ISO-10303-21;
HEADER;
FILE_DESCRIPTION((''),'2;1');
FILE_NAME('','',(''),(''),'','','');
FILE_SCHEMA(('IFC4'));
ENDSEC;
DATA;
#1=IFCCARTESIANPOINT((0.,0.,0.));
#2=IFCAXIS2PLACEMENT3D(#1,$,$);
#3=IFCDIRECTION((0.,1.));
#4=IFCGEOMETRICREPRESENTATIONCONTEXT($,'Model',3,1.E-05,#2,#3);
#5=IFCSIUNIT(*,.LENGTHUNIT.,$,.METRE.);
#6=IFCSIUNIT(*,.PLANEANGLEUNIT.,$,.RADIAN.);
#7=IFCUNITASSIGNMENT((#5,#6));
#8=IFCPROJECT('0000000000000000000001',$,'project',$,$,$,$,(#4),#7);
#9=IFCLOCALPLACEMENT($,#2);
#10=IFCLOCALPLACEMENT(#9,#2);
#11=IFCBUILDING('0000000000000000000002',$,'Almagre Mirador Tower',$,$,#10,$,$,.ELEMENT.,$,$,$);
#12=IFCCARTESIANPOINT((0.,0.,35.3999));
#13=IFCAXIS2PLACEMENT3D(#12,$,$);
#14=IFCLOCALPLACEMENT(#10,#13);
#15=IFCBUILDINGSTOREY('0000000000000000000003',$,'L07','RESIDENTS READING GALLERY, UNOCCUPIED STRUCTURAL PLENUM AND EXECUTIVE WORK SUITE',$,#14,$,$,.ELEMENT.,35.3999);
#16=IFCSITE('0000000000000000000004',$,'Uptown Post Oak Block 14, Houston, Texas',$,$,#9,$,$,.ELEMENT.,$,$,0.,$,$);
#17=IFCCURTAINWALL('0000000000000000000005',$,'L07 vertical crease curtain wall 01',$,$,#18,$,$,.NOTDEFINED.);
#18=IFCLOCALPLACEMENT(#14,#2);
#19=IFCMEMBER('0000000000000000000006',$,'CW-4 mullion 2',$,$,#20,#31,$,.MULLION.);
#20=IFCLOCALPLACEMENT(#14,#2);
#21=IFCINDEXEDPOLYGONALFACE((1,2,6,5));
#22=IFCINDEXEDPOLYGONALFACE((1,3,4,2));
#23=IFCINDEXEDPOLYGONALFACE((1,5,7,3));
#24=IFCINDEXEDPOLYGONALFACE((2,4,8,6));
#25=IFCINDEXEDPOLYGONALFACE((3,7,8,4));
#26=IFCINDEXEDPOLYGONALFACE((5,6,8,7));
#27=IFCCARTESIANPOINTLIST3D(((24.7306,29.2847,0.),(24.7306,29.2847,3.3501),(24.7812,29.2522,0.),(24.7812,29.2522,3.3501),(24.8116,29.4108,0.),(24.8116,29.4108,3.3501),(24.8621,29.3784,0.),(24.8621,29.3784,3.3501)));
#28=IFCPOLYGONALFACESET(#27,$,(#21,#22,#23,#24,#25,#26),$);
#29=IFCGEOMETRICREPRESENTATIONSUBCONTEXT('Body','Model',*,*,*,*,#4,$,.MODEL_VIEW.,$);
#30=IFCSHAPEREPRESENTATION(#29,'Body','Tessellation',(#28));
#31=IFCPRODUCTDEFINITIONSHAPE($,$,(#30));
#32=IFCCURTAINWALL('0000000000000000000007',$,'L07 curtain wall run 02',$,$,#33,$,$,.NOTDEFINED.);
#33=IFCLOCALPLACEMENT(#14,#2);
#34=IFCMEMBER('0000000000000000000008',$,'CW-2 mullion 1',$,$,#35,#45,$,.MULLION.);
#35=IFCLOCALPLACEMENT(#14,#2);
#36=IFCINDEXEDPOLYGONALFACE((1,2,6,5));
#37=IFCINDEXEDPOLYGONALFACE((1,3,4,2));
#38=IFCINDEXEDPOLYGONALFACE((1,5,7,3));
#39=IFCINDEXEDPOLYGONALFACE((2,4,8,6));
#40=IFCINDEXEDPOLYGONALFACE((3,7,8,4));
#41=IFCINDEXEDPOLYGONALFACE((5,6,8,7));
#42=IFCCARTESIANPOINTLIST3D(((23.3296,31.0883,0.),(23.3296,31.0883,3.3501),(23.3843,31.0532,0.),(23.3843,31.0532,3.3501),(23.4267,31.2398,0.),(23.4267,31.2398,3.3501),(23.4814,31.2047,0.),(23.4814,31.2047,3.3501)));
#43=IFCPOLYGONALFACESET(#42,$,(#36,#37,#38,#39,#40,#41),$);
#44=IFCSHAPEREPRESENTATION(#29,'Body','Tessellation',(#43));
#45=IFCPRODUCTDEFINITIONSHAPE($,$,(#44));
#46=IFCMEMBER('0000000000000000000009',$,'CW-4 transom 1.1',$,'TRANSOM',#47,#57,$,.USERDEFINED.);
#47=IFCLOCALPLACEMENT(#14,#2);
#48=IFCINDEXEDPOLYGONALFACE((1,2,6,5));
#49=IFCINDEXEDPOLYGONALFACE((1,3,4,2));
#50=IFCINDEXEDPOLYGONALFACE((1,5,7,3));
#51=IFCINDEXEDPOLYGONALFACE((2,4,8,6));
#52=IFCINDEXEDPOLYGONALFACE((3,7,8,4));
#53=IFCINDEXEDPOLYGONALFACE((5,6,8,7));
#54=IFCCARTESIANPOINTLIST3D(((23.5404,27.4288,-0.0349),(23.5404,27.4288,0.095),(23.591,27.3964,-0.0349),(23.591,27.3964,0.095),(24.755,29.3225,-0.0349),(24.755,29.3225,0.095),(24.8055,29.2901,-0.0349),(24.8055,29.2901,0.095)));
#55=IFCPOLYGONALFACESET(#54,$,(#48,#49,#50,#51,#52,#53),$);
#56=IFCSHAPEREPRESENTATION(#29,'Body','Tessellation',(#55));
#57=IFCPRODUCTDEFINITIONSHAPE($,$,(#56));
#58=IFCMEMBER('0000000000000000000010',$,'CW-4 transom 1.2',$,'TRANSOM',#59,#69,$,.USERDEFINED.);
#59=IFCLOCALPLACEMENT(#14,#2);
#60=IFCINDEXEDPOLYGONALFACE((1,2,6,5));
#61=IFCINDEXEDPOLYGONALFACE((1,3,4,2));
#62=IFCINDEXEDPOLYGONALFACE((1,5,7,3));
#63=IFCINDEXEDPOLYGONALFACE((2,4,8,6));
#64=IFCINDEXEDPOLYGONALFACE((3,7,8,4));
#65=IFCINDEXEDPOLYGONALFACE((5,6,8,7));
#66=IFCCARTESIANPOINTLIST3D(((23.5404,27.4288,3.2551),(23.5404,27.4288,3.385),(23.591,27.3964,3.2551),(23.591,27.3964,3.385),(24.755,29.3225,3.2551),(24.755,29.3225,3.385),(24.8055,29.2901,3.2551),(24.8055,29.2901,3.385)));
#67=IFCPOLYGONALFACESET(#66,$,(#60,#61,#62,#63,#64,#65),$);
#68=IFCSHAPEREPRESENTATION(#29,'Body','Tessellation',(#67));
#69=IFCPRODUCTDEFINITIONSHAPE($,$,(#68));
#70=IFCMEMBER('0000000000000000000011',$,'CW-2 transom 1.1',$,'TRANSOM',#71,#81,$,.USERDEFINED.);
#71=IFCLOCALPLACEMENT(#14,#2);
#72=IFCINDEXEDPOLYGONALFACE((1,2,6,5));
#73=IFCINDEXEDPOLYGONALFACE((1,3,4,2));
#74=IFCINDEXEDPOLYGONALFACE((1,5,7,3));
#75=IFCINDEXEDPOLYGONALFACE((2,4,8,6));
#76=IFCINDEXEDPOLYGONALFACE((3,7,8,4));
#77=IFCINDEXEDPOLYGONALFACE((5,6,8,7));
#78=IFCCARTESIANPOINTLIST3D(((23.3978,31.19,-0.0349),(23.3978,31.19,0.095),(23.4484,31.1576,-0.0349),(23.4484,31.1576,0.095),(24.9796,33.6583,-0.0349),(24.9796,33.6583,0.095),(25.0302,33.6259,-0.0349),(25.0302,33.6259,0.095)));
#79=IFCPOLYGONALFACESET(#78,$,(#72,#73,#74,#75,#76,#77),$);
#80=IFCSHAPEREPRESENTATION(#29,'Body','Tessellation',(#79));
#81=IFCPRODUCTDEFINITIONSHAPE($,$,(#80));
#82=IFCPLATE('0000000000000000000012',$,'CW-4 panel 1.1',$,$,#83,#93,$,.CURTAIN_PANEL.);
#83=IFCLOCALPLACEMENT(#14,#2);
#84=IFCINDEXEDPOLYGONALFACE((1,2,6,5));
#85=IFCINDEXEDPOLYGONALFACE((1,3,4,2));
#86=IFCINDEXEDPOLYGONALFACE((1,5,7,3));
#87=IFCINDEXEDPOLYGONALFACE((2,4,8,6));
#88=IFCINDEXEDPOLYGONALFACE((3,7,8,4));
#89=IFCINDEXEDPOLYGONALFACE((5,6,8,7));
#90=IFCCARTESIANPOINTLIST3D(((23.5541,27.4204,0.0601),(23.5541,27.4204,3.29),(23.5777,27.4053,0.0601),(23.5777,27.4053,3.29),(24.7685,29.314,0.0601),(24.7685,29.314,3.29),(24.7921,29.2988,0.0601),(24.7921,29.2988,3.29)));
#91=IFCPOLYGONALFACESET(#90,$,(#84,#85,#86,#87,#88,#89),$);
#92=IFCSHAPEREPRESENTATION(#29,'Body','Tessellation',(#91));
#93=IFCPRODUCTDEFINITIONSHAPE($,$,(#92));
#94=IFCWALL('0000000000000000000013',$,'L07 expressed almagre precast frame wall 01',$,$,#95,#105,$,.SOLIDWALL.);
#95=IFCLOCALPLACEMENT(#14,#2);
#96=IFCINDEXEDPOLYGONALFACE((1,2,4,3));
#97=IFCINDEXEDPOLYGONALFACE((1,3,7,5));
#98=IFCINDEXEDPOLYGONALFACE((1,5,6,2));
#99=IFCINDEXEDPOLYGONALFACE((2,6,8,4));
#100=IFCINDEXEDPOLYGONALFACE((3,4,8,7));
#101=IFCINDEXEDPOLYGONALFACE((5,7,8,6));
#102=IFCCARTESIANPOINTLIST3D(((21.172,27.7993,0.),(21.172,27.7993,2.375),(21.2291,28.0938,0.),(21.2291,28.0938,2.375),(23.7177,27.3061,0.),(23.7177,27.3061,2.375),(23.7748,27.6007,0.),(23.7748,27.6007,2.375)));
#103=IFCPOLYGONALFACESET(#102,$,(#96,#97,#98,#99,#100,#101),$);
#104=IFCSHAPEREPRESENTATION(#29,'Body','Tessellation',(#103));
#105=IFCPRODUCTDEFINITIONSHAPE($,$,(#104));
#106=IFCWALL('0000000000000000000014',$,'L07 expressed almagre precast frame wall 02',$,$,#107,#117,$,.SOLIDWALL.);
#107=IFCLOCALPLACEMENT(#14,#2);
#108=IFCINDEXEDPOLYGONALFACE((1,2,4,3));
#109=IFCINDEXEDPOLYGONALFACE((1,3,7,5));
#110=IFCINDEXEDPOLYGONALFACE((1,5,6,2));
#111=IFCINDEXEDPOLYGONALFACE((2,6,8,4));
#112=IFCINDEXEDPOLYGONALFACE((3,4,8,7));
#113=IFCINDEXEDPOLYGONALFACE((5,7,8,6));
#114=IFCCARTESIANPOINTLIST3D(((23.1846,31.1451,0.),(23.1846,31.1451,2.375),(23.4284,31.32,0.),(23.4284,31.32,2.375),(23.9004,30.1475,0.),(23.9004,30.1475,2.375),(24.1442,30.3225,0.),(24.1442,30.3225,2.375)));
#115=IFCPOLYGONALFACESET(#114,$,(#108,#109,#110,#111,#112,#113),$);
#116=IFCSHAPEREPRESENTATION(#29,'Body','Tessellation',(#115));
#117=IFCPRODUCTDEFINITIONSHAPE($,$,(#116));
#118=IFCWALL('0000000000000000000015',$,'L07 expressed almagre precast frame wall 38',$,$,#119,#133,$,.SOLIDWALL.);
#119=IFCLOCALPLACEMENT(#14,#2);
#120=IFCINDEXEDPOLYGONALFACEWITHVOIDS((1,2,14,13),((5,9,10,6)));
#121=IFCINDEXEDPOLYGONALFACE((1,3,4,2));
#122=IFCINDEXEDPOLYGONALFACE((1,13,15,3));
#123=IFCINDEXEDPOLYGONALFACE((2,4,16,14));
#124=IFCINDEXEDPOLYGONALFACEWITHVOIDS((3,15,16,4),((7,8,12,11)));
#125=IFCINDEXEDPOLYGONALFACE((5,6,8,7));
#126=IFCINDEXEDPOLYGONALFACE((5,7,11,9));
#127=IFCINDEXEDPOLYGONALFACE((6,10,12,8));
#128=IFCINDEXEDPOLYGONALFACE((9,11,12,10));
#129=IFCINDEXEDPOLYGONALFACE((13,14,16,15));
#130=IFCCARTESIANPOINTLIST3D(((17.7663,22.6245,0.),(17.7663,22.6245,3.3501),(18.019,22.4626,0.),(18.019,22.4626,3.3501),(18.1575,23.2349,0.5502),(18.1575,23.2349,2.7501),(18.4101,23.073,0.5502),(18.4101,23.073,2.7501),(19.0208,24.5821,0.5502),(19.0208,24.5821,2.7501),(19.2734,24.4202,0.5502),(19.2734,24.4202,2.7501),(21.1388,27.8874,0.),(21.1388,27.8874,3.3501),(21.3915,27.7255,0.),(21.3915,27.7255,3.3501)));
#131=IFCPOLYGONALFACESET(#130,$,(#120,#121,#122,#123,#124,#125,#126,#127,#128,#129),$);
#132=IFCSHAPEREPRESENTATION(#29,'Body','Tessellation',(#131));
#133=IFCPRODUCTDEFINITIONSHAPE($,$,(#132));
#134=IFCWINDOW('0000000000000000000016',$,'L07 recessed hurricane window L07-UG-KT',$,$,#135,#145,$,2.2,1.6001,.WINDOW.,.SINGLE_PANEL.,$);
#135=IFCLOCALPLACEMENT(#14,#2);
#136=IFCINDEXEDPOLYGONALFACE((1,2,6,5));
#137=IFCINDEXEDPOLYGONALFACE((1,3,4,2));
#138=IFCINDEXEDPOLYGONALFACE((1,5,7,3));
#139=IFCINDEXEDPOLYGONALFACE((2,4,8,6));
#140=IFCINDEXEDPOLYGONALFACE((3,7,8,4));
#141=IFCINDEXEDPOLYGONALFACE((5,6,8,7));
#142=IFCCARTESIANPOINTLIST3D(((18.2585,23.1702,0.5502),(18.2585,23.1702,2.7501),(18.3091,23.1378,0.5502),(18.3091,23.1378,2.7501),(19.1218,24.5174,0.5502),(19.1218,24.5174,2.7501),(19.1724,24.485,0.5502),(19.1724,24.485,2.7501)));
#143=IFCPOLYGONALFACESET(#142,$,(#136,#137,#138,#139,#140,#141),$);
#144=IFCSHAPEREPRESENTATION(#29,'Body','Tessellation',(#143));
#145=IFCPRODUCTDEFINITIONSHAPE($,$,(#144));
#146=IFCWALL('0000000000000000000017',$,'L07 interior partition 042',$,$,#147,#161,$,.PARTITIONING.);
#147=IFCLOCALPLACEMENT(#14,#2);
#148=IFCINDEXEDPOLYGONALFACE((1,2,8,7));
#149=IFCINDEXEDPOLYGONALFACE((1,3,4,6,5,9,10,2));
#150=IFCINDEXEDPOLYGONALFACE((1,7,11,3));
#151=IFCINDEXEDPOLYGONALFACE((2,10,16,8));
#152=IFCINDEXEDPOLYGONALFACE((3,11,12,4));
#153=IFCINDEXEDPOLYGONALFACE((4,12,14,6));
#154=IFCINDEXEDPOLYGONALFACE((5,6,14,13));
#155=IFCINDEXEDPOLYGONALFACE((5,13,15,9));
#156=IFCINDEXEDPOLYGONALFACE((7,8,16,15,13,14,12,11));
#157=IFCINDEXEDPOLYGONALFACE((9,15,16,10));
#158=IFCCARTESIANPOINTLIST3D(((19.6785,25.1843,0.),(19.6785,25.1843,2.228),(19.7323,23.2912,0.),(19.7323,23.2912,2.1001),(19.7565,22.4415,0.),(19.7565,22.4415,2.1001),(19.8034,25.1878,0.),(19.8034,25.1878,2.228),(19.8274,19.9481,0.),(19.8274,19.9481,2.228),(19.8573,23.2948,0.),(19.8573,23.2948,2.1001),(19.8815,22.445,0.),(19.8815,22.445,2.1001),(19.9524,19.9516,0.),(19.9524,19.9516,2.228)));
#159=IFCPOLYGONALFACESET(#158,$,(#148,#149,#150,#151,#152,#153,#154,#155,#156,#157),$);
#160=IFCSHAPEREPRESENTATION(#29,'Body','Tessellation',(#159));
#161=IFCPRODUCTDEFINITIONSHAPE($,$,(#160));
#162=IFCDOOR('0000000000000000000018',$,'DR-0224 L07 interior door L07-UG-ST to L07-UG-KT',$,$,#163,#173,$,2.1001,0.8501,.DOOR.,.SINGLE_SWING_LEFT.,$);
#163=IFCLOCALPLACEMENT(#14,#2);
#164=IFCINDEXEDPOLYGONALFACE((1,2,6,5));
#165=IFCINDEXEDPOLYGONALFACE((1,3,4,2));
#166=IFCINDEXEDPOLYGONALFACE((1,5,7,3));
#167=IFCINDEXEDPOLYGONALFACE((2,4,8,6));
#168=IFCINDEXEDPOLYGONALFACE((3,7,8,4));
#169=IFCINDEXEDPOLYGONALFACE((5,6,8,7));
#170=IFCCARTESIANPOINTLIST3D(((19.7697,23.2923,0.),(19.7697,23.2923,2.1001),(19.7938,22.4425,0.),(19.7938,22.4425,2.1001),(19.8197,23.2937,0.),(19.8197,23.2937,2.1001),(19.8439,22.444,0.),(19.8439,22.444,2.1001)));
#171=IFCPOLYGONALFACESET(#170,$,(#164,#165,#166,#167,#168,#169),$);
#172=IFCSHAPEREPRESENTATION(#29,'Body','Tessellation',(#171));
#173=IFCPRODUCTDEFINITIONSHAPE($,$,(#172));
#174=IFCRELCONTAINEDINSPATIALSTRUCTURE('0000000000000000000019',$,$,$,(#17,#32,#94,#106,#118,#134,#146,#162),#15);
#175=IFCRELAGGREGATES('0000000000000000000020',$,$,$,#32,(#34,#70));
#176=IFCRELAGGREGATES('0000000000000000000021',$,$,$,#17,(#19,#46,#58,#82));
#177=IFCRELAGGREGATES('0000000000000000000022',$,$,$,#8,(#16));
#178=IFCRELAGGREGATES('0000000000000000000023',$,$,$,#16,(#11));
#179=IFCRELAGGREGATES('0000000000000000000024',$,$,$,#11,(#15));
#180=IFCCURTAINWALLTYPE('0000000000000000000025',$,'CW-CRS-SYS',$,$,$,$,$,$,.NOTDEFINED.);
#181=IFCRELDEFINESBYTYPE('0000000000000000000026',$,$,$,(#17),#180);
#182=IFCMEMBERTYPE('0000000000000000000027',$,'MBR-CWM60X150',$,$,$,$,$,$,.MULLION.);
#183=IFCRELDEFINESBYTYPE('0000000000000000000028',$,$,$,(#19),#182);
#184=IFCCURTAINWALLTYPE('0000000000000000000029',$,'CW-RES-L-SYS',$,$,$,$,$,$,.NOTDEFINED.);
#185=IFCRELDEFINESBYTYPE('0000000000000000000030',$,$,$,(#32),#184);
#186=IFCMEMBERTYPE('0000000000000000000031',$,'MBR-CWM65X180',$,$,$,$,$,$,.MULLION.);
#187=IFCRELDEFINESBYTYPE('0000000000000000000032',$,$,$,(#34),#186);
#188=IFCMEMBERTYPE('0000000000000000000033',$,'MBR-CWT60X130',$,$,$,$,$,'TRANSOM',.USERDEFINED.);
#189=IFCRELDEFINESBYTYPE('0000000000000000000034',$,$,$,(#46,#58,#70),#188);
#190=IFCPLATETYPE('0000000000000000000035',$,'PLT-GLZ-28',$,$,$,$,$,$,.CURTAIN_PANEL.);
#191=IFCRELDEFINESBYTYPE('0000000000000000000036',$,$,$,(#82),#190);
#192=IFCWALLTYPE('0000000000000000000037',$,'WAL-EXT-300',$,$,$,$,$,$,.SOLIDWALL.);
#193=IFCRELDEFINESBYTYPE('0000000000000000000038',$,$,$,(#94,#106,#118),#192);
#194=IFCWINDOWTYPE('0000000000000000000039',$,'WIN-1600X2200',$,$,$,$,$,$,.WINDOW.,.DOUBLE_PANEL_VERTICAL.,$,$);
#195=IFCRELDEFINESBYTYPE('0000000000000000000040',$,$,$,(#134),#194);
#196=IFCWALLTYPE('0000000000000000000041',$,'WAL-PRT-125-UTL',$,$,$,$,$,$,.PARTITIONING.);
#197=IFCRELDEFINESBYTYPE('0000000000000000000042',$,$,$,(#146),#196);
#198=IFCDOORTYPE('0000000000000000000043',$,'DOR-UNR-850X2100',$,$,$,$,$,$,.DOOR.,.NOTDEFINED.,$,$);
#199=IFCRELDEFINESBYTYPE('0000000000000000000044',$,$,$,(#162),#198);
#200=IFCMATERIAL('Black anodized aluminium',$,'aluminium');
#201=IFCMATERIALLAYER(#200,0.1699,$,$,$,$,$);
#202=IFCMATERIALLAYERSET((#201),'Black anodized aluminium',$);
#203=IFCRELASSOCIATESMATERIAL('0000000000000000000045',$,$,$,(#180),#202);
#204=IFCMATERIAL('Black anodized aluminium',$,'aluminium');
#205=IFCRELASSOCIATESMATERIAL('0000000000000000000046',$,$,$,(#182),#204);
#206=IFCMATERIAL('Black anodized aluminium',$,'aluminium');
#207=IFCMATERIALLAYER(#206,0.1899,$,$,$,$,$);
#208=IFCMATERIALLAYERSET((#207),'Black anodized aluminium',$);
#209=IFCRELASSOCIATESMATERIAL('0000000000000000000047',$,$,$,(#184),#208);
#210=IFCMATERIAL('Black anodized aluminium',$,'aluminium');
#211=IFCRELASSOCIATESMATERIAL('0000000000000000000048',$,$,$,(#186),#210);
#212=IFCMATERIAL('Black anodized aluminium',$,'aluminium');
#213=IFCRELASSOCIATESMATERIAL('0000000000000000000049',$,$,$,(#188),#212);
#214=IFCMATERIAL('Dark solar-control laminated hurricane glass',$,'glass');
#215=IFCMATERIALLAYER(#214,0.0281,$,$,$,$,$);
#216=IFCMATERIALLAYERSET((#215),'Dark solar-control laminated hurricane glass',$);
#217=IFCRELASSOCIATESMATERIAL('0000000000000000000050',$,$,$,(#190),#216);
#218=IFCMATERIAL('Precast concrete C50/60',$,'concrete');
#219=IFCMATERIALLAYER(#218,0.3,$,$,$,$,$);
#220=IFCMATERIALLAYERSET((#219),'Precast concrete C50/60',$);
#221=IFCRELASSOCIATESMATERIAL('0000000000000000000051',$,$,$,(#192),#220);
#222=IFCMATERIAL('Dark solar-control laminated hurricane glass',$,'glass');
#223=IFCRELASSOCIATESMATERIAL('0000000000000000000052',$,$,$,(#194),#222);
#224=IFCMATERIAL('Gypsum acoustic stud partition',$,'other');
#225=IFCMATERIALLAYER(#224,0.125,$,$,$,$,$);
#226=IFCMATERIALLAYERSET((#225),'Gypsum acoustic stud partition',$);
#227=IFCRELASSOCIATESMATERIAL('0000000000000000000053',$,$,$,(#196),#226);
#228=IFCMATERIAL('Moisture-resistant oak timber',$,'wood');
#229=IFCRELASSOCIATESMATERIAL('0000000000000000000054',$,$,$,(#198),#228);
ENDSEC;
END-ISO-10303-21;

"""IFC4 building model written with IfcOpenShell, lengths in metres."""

from ifc_helpers import new_model, si_unit, direction, frame, frame_2d, origin, origin_2d, place, context, subcontext, project, spatial, rectangle, extrude, material, layer, layer_set, material_profile, profile_set, type_object, element, fill, aggregate, save


model = new_model("IFC4")

# Units and contexts
model_context = context("Model", 3, precision=1e-05, world=origin(), true_north=direction((0.0, 1.0)))
body_context = subcontext(model_context, "Body", "Model", "MODEL_VIEW")
ifc_project = project(units=[si_unit("LENGTHUNIT", "METRE"), si_unit("PLANEANGLEUNIT", "RADIAN")], contexts=[model_context])

# Site, building, storey
site_placement = place(None, origin())
site = spatial("IfcSite", under=ifc_project, at=site_placement, Name="Uptown Post Oak Block 14, Houston, Texas", CompositionType="ELEMENT", RefElevation=0.0)
building_placement = place(site_placement, origin())
building = spatial("IfcBuilding", under=site, at=building_placement, Name="Almagre Mirador Tower", CompositionType="ELEMENT")
storey_placement = place(building_placement, frame((0.0, 0.0, 35.3999)))
storey = spatial("IfcBuildingStorey", under=building, at=storey_placement, Name="L07", Description="RESIDENTS READING GALLERY, UNOCCUPIED STRUCTURAL PLENUM AND EXECUTIVE WORK SUITE", CompositionType="ELEMENT", Elevation=35.3999)

# Curtain wall, member
ifc_material_1 = material(Name="Black anodized aluminium", Category="aluminium")
ifc_layer_1 = layer(ifc_material_1, 0.1699)
ifc_layer_set_1 = layer_set([ifc_layer_1], Name="Black anodized aluminium")
curtain_wall_type_1 = type_object("IfcCurtainWallType", Name="CW-CRS-SYS", PredefinedType="NOTDEFINED", material=ifc_layer_set_1)
curtain_wall_1_placement = place(storey_placement, origin())
curtain_wall_1 = element("IfcCurtainWall", 1, at=curtain_wall_1_placement, inside=storey, type_object=curtain_wall_type_1, Name="L07 vertical crease curtain wall 01", PredefinedType="NOTDEFINED")
ifc_material_2 = material(Name="Black anodized aluminium", Category="aluminium")
ifc_material_profile_1 = material_profile(ifc_material_2, rectangle(XDim=0.0601, YDim=0.1499, at=origin_2d()), Name="CWM60X150")
ifc_profile_set_1 = profile_set([ifc_material_profile_1], Name="Black anodized aluminium")
member_type_1 = type_object("IfcMemberType", Name="MBR-CWM60X150", PredefinedType="MULLION", material=ifc_profile_set_1)
member_1_placement = place(storey_placement, frame((24.7964, 29.3315, 0.0), z_axis=(0.0, 0.0, 1.0), x_axis=(-0.841762, 0.539849, 0.0)))
member_1 = element("IfcMember", 2, at=member_1_placement, type_object=member_type_1, Name="CW-4 mullion 2", PredefinedType="MULLION", context=body_context, shape_type="SweptSolid", body=[
    extrude(rectangle(XDim=0.0601, YDim=0.1499, at=origin_2d()), origin(), (0.0, 0.0, 1.0), 3.3501),
])

# Curtain wall, member
ifc_material_3 = material(Name="Black anodized aluminium", Category="aluminium")
ifc_layer_2 = layer(ifc_material_3, 0.1899)
ifc_layer_set_2 = layer_set([ifc_layer_2], Name="Black anodized aluminium")
curtain_wall_type_2 = type_object("IfcCurtainWallType", Name="CW-RES-L-SYS", PredefinedType="NOTDEFINED", material=ifc_layer_set_2)
curtain_wall_2_placement = place(storey_placement, origin())
curtain_wall_2 = element("IfcCurtainWall", 3, at=curtain_wall_2_placement, inside=storey, type_object=curtain_wall_type_2, Name="L07 curtain wall run 02", PredefinedType="NOTDEFINED")
ifc_material_4 = material(Name="Black anodized aluminium", Category="aluminium")
ifc_material_profile_2 = material_profile(ifc_material_4, rectangle(XDim=0.0649, YDim=0.1799, at=origin_2d()), Name="CWM65X180")
ifc_profile_set_2 = profile_set([ifc_material_profile_2], Name="Black anodized aluminium")
member_type_2 = type_object("IfcMemberType", Name="MBR-CWM65X180", PredefinedType="MULLION", material=ifc_profile_set_2)
member_2_placement = place(storey_placement, frame((23.4055, 31.1465, 0.0), z_axis=(0.0, 0.0, 1.0), x_axis=(-0.841967, 0.539529, 0.0)))
member_2 = element("IfcMember", 4, at=member_2_placement, type_object=member_type_2, Name="CW-2 mullion 1", PredefinedType="MULLION", context=body_context, shape_type="SweptSolid", body=[
    extrude(rectangle(XDim=0.0649, YDim=0.1799, at=origin_2d()), origin(), (0.0, 0.0, 1.0), 3.3501),
])

# Members
ifc_material_5 = material(Name="Black anodized aluminium", Category="aluminium")
ifc_material_profile_3 = material_profile(ifc_material_5, rectangle(XDim=0.0601, YDim=0.1299, at=origin_2d()), Name="CWT60X130")
ifc_profile_set_3 = profile_set([ifc_material_profile_3], Name="Black anodized aluminium")
member_type_3 = type_object("IfcMemberType", Name="MBR-CWT60X130", ElementType="TRANSOM", PredefinedType="USERDEFINED", material=ifc_profile_set_3)
member_3_placement = place(storey_placement, frame((23.5657, 27.4126, 0.03), z_axis=(0.539863, 0.841753, 0.0), x_axis=(-0.841753, 0.539863, 0.0)))
member_3 = element("IfcMember", 5, at=member_3_placement, type_object=member_type_3, Name="CW-4 transom 1.1", ObjectType="TRANSOM", PredefinedType="USERDEFINED", context=body_context, shape_type="SweptSolid", body=[
    extrude(rectangle(XDim=0.0601, YDim=0.1299, at=origin_2d()), origin(), (0.0, 0.0, 1.0), 2.2498),
])
member_4_placement = place(storey_placement, frame((23.5657, 27.4126, 3.3201), z_axis=(0.539863, 0.841753, 0.0), x_axis=(-0.841753, 0.539863, 0.0)))
member_4 = element("IfcMember", 6, at=member_4_placement, type_object=member_type_3, Name="CW-4 transom 1.2", ObjectType="TRANSOM", PredefinedType="USERDEFINED", context=body_context, shape_type="SweptSolid", body=[
    extrude(rectangle(XDim=0.0601, YDim=0.1299, at=origin_2d()), origin(), (0.0, 0.0, 1.0), 2.2498),
])
member_5_placement = place(storey_placement, frame((23.4231, 31.1738, 0.03), z_axis=(0.539562, 0.841946, 0.0), x_axis=(-0.841946, 0.539562, 0.0)))
member_5 = element("IfcMember", 7, at=member_5_placement, type_object=member_type_3, Name="CW-2 transom 1.1", ObjectType="TRANSOM", PredefinedType="USERDEFINED", context=body_context, shape_type="SweptSolid", body=[
    extrude(rectangle(XDim=0.0601, YDim=0.1299, at=origin_2d()), origin(), (0.0, 0.0, 1.0), 2.9316),
])
aggregate(curtain_wall_2, [member_2, member_5])

# Plate
ifc_material_6 = material(Name="Dark solar-control laminated hurricane glass", Category="glass")
ifc_layer_3 = layer(ifc_material_6, 0.0281)
ifc_layer_set_3 = layer_set([ifc_layer_3], Name="Dark solar-control laminated hurricane glass")
plate_type = type_object("IfcPlateType", Name="PLT-GLZ-28", PredefinedType="CURTAIN_PANEL", material=ifc_layer_set_3)
plate_placement = place(storey_placement, frame((24.1731, 28.3596, 0.0601), z_axis=(0.0, 0.0, 1.0), x_axis=(0.539849, 0.841762, 0.0)))
plate = element("IfcPlate", 8, at=plate_placement, type_object=plate_type, Name="CW-4 panel 1.1", PredefinedType="CURTAIN_PANEL", context=body_context, shape_type="SweptSolid", body=[
    extrude(rectangle(XDim=2.2495, YDim=0.0281, at=origin_2d()), origin(), (0.0, 0.0, 1.0), 3.23),
])
aggregate(curtain_wall_1, [member_1, member_3, member_4, plate])

# Walls
ifc_material_7 = material(Name="Precast concrete C50/60", Category="concrete")
ifc_layer_4 = layer(ifc_material_7, 0.3)
ifc_layer_set_4 = layer_set([ifc_layer_4], Name="Precast concrete C50/60")
wall_type_1 = type_object("IfcWallType", Name="WAL-EXT-300", PredefinedType="SOLIDWALL", material=ifc_layer_set_4)
wall_1_placement = place(storey_placement, frame((21.2007, 27.9465, 0.0), z_axis=(0.0, 0.0, 1.0), x_axis=(0.981747, -0.190192, 0.0)))
element("IfcWall", 9, at=wall_1_placement, inside=storey, type_object=wall_type_1, Name="L07 expressed almagre precast frame wall 01", PredefinedType="SOLIDWALL", context=body_context, shape_type="SweptSolid", body=[
    extrude(rectangle(XDim=2.593, YDim=0.3, at=frame_2d((1.2964, 0.0))), origin(), (0.0, 0.0, 1.0), 2.375),
])
wall_2_placement = place(storey_placement, frame((24.0222, 30.2351, 0.0), z_axis=(0.0, 0.0, 1.0), x_axis=(-0.583005, 0.812469, 0.0)))
element("IfcWall", 10, at=wall_2_placement, inside=storey, type_object=wall_type_1, Name="L07 expressed almagre precast frame wall 02", PredefinedType="SOLIDWALL", context=body_context, shape_type="SweptSolid", body=[
    extrude(rectangle(XDim=1.2278, YDim=0.3, at=frame_2d((0.6138, 0.0))), origin(), (0.0, 0.0, 1.0), 2.375),
])

# Wall, opening, window
wall_3_placement = place(storey_placement, frame((17.8926, 22.5435, 0.0), z_axis=(0.0, 0.0, 1.0), x_axis=(0.539539, 0.841961, 0.0)))
wall_3 = element("IfcWall", 11, at=wall_3_placement, inside=storey, type_object=wall_type_1, Name="L07 expressed almagre precast frame wall 38", PredefinedType="SOLIDWALL", context=body_context, shape_type="SweptSolid", body=[
    extrude(rectangle(XDim=6.2507, YDim=0.3, at=frame_2d((3.1255, 0.0))), origin(), (0.0, 0.0, 1.0), 3.3501),
])
opening_1_placement = place(wall_3_placement, frame((0.7251, 0.0, 0.55)))
opening_1 = element("IfcOpeningElement", 12, at=opening_1_placement, cuts=wall_3, PredefinedType="OPENING", context=body_context, shape_type="SweptSolid", body=[
    extrude(rectangle(XDim=1.6001, YDim=2.2, at=frame_2d((0.8, 1.1001))), frame((0.0, 0.1599, 0.0), z_axis=(0.0, -1.0, 0.0), x_axis=(1.0, 0.0, 0.0)), (0.0, 0.0, 1.0), 0.32),
])
ifc_material_8 = material(Name="Dark solar-control laminated hurricane glass", Category="glass")
window_type = type_object("IfcWindowType", Name="WIN-1600X2200", PartitioningType="DOUBLE_PANEL_VERTICAL", PredefinedType="WINDOW", material=ifc_material_8)
window_placement = place(opening_1_placement, origin())
window = element("IfcWindow", 13, at=window_placement, inside=storey, type_object=window_type, Name="L07 recessed hurricane window L07-UG-KT", OverallHeight=2.2, OverallWidth=1.6001, PartitioningType="SINGLE_PANEL", PredefinedType="WINDOW", context=body_context, shape_type="SweptSolid", body=[
    extrude(rectangle(XDim=1.6001, YDim=2.2, at=frame_2d((0.8, 1.1001))), frame((0.0, 0.03, 0.0), z_axis=(0.0, -1.0, 0.0), x_axis=(1.0, 0.0, 0.0)), (0.0, 0.0, 1.0), 0.0601),
])
fill(opening_1, window)

# Wall, opening, door
ifc_material_9 = material(Name="Gypsum acoustic stud partition", Category="other")
ifc_layer_5 = layer(ifc_material_9, 0.125)
ifc_layer_set_5 = layer_set([ifc_layer_5], Name="Gypsum acoustic stud partition")
wall_type_2 = type_object("IfcWallType", Name="WAL-PRT-125-UTL", PredefinedType="PARTITIONING", material=ifc_layer_set_5)
wall_4_placement = place(storey_placement, frame((19.741, 25.186, 0.0), z_axis=(0.0, 0.0, 1.0), x_axis=(0.028431, -0.999596, 0.0)))
wall_4 = element("IfcWall", 14, at=wall_4_placement, inside=storey, type_object=wall_type_2, Name="L07 interior partition 042", PredefinedType="PARTITIONING", context=body_context, shape_type="SweptSolid", body=[
    extrude(rectangle(XDim=5.2383, YDim=0.125, at=frame_2d((2.6191, 0.0))), origin(), (0.0, 0.0, 1.0), 2.228),
])
opening_2_placement = place(wall_4_placement, frame((1.8938, 0.0, 0.0)))
opening_2 = element("IfcOpeningElement", 15, at=opening_2_placement, cuts=wall_4, PredefinedType="OPENING", context=body_context, shape_type="SweptSolid", body=[
    extrude(rectangle(XDim=0.8501, YDim=2.1001, at=frame_2d((0.425, 1.05))), frame((0.0, 0.0725, 0.0), z_axis=(0.0, -1.0, 0.0), x_axis=(1.0, 0.0, 0.0)), (0.0, 0.0, 1.0), 0.145),
])
ifc_material_10 = material(Name="Moisture-resistant oak timber", Category="wood")
door_type = type_object("IfcDoorType", Name="DOR-UNR-850X2100", OperationType="NOTDEFINED", PredefinedType="DOOR", material=ifc_material_10)
door_placement = place(opening_2_placement, origin())
door = element("IfcDoor", 16, at=door_placement, inside=storey, type_object=door_type, Name="DR-0224 L07 interior door L07-UG-ST to L07-UG-KT", OperationType="SINGLE_SWING_LEFT", OverallHeight=2.1001, OverallWidth=0.8501, PredefinedType="DOOR", context=body_context, shape_type="SweptSolid", body=[
    extrude(rectangle(XDim=0.8501, YDim=2.1001, at=frame_2d((0.425, 1.05))), frame((0.0, 0.0249, 0.0), z_axis=(0.0, -1.0, 0.0), x_axis=(1.0, 0.0, 0.0)), (0.0, 0.0, 1.0), 0.05),
])
fill(opening_2, door)

save(model, "model.ifc")
